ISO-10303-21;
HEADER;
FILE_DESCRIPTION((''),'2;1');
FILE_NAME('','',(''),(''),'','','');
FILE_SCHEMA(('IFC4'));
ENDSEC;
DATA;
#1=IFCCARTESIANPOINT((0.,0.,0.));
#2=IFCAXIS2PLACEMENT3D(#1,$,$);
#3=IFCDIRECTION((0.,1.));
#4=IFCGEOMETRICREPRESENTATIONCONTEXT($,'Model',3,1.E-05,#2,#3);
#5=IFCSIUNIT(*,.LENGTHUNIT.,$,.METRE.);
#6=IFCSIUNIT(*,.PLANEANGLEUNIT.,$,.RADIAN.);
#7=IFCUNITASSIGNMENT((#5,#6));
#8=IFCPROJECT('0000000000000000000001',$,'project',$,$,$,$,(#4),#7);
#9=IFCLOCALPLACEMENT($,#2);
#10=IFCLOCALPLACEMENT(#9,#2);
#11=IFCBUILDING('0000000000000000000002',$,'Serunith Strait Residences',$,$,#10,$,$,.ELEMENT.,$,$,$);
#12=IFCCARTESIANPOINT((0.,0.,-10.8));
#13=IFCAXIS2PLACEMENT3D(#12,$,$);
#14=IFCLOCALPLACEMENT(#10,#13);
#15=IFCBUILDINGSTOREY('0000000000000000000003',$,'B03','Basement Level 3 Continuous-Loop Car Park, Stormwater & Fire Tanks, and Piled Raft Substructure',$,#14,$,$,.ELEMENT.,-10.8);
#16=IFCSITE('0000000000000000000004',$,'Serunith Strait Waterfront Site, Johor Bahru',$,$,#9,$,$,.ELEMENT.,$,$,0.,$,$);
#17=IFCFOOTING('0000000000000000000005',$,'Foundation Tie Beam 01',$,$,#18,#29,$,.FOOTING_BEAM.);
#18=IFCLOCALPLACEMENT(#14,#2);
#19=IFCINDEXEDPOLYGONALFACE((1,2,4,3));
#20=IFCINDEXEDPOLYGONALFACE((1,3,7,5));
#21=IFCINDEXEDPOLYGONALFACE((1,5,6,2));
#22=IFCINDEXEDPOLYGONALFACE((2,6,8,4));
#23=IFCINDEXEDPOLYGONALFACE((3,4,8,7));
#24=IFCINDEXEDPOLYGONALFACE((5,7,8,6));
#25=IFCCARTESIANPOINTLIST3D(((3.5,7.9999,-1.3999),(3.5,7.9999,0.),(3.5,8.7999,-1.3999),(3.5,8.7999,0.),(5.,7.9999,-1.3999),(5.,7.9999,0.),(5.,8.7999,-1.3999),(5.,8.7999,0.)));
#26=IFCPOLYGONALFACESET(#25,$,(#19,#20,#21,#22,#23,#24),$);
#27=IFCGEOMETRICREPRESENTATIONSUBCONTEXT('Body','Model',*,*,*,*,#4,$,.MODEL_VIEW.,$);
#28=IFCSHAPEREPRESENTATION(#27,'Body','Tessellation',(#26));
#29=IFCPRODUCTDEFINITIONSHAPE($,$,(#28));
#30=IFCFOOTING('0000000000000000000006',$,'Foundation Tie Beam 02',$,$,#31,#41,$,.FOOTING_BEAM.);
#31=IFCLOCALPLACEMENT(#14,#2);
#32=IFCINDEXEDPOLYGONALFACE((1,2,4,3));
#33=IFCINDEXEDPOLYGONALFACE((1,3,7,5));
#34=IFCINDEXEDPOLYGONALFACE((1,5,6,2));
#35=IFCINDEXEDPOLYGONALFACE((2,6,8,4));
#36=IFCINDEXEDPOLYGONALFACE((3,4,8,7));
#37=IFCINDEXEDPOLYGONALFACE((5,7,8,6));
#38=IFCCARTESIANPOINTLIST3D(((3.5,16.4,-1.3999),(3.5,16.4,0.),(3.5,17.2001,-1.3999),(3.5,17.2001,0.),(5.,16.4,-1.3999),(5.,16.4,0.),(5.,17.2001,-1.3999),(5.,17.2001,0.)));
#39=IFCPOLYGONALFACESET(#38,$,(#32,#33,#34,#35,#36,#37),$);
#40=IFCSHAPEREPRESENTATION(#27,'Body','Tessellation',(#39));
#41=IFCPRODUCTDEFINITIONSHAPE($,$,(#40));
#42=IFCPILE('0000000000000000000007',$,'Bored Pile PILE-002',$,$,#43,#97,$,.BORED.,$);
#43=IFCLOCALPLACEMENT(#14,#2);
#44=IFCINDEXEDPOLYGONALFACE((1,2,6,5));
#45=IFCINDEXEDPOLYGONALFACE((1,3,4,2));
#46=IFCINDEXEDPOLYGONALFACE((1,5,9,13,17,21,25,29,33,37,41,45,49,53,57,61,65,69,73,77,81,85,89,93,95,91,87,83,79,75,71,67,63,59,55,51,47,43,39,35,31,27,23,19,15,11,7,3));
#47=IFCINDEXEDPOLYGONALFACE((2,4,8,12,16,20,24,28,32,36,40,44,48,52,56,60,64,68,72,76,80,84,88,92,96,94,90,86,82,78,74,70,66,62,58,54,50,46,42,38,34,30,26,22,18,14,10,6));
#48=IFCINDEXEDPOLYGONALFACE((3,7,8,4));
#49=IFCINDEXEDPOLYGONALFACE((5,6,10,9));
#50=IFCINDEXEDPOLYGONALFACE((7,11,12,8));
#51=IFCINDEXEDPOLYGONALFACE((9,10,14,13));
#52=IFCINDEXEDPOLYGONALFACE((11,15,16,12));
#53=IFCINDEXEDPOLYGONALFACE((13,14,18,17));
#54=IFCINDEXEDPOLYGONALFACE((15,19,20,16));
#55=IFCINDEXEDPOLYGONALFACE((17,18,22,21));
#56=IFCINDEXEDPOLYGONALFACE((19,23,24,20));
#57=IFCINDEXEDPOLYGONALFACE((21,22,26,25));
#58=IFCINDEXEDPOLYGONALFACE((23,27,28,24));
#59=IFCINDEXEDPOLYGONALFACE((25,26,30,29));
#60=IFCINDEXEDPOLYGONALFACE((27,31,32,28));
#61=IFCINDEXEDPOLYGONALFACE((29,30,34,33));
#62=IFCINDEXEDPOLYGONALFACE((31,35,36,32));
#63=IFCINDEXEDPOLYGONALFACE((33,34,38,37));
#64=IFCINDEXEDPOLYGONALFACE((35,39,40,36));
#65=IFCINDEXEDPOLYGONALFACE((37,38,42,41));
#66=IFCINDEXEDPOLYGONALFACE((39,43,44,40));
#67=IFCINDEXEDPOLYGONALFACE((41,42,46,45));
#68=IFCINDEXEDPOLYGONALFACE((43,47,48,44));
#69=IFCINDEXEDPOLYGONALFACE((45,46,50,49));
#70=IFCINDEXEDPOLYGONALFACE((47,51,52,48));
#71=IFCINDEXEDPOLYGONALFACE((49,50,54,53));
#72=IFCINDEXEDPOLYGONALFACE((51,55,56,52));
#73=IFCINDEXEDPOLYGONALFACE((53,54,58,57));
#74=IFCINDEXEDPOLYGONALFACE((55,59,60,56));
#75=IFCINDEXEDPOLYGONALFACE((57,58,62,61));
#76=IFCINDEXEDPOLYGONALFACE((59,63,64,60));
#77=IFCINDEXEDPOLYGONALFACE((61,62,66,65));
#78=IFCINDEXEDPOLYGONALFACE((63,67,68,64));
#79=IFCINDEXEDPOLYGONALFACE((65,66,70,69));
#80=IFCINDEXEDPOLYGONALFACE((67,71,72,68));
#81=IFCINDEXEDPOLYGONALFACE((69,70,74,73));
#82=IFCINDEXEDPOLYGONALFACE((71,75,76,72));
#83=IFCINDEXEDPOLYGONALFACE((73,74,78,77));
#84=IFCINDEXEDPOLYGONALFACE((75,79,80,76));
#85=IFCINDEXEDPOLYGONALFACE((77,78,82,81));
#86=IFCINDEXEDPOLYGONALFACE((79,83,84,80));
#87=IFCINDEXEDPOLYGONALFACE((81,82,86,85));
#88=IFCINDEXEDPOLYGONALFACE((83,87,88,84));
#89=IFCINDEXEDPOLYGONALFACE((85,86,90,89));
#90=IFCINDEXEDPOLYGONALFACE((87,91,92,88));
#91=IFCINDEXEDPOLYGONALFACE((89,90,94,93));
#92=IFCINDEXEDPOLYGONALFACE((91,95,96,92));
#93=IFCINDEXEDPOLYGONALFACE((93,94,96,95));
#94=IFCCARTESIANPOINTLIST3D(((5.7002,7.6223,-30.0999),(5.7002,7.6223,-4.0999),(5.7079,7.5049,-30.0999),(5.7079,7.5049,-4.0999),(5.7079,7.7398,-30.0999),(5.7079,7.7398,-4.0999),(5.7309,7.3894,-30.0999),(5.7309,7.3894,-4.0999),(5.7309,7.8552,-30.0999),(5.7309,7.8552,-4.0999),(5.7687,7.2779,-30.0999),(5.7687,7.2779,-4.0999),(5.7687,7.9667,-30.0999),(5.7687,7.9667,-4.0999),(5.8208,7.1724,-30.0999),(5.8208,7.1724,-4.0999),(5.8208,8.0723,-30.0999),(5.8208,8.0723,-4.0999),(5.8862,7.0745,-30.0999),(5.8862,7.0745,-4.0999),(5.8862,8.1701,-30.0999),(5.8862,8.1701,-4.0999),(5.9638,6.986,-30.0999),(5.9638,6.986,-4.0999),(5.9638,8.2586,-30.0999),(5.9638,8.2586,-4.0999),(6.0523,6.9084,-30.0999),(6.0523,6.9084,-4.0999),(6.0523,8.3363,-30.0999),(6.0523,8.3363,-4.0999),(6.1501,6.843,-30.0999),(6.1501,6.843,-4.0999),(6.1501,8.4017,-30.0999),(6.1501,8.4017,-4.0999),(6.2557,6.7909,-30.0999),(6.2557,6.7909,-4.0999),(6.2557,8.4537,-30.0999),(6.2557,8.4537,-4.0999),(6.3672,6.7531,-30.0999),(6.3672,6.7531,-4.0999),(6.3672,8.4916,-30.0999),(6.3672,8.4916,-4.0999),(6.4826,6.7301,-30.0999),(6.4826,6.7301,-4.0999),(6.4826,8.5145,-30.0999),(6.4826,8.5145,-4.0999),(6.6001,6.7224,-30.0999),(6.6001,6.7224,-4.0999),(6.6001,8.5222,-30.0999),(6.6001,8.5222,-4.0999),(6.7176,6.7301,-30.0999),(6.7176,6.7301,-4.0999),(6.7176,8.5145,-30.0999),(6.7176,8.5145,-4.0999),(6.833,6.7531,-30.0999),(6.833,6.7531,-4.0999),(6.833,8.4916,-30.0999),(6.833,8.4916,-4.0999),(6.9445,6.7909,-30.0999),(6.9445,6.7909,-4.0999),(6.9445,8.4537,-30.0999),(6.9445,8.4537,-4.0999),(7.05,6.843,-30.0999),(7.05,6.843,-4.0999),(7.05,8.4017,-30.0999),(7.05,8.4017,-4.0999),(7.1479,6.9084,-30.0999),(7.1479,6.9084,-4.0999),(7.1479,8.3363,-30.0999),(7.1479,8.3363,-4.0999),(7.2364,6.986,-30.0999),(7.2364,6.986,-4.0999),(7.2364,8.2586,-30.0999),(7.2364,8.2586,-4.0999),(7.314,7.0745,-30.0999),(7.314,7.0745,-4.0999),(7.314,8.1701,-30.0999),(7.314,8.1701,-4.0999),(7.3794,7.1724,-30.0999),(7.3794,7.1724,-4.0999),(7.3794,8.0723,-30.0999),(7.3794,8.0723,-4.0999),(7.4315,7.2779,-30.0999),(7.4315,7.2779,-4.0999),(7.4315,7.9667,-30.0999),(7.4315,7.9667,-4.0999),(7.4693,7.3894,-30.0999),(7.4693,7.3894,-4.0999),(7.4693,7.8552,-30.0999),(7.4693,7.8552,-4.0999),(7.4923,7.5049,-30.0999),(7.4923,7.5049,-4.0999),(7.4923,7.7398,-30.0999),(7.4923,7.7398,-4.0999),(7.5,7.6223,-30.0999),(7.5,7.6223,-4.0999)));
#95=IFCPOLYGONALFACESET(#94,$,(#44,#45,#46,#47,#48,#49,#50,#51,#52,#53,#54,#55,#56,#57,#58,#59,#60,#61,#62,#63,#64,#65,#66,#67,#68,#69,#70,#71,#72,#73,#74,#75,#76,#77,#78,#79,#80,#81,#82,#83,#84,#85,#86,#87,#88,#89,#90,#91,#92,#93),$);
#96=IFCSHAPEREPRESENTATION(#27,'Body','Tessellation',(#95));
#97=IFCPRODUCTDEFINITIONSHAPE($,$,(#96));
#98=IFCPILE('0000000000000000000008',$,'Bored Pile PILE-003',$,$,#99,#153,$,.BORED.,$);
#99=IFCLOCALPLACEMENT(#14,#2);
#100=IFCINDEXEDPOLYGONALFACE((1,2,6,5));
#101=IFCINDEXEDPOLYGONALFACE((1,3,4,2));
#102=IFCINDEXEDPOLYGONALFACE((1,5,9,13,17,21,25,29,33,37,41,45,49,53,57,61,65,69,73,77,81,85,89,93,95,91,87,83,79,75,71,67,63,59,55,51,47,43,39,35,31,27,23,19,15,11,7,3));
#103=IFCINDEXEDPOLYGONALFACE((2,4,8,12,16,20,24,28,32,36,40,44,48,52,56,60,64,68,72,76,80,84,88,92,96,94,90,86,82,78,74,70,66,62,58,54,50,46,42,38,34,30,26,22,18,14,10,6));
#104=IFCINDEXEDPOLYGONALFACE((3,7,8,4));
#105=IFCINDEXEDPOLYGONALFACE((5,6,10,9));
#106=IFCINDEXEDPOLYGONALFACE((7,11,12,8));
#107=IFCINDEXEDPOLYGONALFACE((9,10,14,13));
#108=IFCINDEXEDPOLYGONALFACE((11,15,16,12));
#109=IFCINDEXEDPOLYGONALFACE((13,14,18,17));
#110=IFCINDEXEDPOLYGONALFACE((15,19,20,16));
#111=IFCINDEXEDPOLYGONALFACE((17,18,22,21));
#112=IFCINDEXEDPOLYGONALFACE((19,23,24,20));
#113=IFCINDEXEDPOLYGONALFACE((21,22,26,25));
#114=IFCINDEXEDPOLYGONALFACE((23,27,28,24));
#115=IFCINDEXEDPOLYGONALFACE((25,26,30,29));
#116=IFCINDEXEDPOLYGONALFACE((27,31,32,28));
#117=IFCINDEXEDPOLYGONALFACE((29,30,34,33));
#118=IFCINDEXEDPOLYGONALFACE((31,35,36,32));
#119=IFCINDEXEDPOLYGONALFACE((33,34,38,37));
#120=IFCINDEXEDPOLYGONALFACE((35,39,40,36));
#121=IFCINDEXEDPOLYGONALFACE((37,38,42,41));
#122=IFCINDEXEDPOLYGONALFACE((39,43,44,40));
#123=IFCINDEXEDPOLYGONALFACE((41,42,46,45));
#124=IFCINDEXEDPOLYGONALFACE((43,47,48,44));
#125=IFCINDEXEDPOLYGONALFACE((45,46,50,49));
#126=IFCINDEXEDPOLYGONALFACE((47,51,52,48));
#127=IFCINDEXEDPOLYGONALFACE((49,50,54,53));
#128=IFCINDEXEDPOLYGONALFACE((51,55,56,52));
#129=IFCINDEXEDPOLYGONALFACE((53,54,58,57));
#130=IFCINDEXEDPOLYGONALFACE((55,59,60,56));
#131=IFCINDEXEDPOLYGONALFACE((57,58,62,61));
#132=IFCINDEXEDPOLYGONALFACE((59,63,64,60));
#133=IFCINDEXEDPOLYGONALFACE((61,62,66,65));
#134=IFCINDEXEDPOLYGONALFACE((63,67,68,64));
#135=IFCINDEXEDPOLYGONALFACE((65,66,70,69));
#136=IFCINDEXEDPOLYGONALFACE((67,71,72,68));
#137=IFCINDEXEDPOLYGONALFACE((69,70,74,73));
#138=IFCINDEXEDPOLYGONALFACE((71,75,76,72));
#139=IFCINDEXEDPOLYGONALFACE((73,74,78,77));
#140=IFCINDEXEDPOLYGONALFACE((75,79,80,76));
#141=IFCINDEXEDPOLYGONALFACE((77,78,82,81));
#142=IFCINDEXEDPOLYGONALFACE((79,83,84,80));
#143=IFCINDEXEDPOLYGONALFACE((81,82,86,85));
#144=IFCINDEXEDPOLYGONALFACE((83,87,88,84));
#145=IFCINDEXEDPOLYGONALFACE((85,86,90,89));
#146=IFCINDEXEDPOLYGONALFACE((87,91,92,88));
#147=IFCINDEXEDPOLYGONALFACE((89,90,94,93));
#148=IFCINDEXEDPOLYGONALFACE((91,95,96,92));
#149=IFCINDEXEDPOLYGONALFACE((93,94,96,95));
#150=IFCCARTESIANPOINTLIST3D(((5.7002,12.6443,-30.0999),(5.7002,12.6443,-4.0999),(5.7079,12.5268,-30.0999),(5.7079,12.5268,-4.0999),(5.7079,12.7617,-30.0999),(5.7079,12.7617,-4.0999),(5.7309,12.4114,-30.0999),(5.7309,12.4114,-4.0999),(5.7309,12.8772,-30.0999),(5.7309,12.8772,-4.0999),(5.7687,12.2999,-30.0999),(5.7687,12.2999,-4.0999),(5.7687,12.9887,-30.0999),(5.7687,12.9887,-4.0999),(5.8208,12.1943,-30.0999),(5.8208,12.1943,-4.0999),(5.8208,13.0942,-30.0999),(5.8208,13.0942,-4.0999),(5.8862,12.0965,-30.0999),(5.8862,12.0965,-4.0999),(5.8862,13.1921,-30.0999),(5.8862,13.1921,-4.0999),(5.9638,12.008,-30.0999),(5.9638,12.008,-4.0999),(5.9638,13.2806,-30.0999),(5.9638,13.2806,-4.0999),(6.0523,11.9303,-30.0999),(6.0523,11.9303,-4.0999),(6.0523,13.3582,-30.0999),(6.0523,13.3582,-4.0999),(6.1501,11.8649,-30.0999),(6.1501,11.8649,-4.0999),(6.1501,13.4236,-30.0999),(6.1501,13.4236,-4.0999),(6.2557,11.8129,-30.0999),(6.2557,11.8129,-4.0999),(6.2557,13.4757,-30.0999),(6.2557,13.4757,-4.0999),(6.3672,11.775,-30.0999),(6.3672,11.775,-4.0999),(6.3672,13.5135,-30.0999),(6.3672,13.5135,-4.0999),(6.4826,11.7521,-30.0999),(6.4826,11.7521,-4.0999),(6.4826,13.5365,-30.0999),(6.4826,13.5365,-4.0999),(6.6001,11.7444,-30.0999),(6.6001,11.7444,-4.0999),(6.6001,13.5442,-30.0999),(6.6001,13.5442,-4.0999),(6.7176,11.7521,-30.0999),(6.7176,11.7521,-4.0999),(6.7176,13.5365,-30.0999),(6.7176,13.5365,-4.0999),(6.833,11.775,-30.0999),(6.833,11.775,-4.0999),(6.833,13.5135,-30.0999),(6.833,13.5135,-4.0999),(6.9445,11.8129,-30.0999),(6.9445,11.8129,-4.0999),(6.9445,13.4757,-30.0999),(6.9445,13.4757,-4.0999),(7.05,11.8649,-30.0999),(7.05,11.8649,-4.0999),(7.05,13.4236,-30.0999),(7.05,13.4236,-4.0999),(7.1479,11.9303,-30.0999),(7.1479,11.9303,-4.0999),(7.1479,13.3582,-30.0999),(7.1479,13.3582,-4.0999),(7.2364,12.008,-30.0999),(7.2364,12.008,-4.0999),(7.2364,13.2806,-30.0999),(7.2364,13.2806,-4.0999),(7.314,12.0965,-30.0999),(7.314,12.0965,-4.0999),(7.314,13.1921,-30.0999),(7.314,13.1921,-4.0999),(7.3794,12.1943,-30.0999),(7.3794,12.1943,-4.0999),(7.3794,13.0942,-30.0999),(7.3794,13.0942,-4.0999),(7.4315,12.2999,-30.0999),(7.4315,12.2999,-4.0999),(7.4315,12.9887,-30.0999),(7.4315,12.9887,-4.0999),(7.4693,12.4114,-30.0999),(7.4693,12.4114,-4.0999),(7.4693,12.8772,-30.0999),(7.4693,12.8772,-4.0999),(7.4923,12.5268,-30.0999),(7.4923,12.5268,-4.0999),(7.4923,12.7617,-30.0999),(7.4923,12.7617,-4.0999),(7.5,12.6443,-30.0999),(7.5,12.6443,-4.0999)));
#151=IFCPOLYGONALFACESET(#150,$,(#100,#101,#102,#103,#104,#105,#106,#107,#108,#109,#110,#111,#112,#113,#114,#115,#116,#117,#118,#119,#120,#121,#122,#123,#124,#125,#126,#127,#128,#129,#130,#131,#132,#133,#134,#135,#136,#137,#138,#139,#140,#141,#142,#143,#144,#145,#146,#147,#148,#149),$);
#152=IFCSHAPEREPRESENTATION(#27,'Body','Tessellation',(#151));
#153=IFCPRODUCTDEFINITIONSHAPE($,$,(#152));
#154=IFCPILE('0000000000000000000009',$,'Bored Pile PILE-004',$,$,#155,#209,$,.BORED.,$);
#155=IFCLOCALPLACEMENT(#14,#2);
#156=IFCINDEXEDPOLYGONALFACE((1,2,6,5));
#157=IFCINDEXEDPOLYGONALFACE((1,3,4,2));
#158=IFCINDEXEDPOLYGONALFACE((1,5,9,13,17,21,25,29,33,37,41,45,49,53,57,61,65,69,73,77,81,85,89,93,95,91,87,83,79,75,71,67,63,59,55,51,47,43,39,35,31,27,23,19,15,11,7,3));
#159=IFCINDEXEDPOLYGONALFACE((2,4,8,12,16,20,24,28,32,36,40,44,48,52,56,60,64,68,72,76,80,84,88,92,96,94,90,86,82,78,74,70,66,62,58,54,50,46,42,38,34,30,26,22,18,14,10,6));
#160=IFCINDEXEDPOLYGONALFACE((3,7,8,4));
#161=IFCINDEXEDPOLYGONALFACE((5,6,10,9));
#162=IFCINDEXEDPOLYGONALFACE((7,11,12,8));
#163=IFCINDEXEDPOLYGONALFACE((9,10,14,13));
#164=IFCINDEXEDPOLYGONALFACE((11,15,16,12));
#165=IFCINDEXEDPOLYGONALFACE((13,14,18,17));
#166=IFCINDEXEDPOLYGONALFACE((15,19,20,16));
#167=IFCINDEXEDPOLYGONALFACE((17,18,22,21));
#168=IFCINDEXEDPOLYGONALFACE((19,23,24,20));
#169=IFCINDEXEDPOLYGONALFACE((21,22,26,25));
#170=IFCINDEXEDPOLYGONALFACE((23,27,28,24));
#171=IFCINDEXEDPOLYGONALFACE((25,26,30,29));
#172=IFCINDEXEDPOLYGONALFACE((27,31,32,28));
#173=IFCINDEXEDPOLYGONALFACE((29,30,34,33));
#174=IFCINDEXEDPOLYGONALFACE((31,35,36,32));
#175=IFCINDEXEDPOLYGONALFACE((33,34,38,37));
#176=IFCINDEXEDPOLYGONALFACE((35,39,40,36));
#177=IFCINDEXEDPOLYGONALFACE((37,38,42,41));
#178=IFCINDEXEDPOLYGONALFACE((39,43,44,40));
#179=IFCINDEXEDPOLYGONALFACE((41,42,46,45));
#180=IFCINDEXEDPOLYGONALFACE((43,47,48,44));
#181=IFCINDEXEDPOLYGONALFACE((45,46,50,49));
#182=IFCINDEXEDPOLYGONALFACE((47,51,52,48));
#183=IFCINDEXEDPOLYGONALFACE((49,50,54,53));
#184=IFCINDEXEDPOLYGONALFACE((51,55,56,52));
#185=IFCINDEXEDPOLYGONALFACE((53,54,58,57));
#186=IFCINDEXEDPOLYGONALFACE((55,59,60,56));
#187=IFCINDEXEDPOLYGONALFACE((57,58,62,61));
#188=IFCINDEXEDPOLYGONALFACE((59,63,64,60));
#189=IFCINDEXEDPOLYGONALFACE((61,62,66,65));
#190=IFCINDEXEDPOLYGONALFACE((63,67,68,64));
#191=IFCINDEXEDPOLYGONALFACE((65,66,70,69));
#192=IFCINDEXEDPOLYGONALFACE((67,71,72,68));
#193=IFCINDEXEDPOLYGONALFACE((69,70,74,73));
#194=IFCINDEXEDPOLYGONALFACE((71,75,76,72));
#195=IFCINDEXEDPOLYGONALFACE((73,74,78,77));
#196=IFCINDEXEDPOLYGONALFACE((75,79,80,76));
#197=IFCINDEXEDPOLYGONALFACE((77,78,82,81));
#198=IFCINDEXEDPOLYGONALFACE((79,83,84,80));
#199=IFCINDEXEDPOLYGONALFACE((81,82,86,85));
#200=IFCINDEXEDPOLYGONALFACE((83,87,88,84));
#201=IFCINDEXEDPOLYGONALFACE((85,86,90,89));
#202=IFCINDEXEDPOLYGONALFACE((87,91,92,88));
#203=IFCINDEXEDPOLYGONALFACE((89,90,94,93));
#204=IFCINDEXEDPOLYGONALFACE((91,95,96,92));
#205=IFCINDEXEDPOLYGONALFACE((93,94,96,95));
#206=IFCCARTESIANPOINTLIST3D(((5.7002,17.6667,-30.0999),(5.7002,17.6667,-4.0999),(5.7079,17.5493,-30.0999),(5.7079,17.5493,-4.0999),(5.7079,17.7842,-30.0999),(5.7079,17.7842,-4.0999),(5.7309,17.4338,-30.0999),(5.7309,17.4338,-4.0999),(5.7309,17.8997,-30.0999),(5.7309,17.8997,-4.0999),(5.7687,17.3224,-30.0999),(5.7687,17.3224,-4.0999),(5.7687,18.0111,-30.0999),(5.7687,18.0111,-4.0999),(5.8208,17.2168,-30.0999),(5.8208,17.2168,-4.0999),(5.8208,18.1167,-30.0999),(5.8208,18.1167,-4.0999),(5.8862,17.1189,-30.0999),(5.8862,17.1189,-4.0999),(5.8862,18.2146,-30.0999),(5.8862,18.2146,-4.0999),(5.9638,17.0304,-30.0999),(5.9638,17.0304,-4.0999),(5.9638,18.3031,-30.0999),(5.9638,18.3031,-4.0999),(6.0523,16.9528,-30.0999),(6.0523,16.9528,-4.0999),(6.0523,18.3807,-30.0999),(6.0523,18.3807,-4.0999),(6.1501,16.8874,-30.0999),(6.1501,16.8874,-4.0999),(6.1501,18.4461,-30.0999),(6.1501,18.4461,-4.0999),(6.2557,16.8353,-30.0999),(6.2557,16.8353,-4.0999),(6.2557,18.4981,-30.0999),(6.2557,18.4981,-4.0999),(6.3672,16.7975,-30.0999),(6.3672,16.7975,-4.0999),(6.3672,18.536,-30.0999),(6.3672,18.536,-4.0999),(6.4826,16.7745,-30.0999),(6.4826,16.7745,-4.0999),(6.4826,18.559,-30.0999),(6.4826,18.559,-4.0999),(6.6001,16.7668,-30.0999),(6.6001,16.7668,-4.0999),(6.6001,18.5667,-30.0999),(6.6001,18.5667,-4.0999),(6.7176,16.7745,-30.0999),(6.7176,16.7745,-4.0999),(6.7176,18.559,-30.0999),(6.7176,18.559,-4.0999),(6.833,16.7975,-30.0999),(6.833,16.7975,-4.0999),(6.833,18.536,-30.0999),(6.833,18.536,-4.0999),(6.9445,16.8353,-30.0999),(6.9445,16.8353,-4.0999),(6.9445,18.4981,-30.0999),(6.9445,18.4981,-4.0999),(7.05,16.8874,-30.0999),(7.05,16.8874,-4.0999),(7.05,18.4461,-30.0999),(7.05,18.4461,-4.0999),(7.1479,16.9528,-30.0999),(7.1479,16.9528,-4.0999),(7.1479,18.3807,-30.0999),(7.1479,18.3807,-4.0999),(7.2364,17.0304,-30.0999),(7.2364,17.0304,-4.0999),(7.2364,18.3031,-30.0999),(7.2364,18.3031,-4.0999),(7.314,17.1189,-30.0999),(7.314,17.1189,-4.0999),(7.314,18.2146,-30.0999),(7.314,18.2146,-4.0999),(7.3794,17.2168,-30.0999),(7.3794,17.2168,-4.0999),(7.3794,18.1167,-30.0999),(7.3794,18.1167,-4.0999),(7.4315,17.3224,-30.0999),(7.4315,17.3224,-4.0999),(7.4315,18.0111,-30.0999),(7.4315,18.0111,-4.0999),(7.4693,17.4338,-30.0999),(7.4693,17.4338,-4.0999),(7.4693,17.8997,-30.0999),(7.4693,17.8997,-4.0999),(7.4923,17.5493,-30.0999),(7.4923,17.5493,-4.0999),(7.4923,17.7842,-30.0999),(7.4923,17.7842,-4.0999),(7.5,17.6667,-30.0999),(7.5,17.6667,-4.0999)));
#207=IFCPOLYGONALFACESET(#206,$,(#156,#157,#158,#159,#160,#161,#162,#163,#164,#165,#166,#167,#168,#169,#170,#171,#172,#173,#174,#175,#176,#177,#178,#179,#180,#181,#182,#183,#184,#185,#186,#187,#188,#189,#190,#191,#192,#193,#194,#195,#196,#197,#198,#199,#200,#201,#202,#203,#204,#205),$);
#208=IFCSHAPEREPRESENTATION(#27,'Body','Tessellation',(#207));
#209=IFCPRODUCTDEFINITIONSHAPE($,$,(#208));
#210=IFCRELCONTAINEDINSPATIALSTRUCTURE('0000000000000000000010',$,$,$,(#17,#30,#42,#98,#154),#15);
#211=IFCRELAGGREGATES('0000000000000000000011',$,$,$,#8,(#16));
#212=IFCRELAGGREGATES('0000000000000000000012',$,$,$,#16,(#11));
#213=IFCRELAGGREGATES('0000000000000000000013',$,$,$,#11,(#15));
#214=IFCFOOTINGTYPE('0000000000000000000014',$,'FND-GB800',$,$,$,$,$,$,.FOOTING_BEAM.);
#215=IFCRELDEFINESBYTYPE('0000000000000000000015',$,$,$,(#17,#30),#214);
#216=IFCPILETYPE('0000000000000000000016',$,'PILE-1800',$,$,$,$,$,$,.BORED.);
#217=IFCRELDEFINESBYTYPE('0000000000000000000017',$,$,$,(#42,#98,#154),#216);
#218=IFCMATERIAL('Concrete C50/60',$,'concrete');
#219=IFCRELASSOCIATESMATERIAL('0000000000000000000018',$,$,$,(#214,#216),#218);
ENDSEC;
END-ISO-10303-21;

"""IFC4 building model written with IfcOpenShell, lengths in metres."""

from ifc_helpers import new_model, si_unit, direction, frame, origin, origin_2d, place, context, subcontext, project, spatial, rectangle, circle, extrude, source, transform, mapped, material, material_profile, profile_set, type_object, element, save


model = new_model("IFC4")

# Units and contexts
model_context = context("Model", 3, precision=1e-05, world=origin(), true_north=direction((0.0, 1.0)))
body_context = subcontext(model_context, "Body", "Model", "MODEL_VIEW")
ifc_project = project(units=[si_unit("LENGTHUNIT", "METRE"), si_unit("PLANEANGLEUNIT", "RADIAN")], contexts=[model_context])

# Site, building, storey
site_placement = place(None, origin())
site = spatial("IfcSite", under=ifc_project, at=site_placement, Name="Serunith Strait Waterfront Site, Johor Bahru", CompositionType="ELEMENT", RefElevation=0.0)
building_placement = place(site_placement, origin())
building = spatial("IfcBuilding", under=site, at=building_placement, Name="Serunith Strait Residences", CompositionType="ELEMENT")
storey_placement = place(building_placement, frame((0.0, 0.0, -10.8)))
storey = spatial("IfcBuildingStorey", under=building, at=storey_placement, Name="B03", Description="Basement Level 3 Continuous-Loop Car Park, Stormwater & Fire Tanks, and Piled Raft Substructure", CompositionType="ELEMENT", Elevation=-10.8)

# Footings
ifc_material_1 = material(Name="Concrete C50/60", Category="concrete")
ifc_material_profile_1 = material_profile(ifc_material_1, rectangle(XDim=0.8, YDim=1.3999, at=origin_2d()), Name="RC 800x1400")
ifc_profile_set_1 = profile_set([ifc_material_profile_1], Name="Concrete C50/60")
footing_type = type_object("IfcFootingType", Name="FND-GB800", PredefinedType="FOOTING_BEAM", material=ifc_profile_set_1)
shared_shape_1 = source(origin(), body_context, "Body", "SweptSolid", [
    extrude(rectangle(XDim=0.8, YDim=1.3999, at=origin_2d()), origin(), (0.0, 0.0, 1.0), 1.5),
])
for number, where, z_axis, x_axis, name in (
    (1, (3.5, 8.3999, -0.7), (1.0, 0.0, 0.0), (0.0, 1.0, 0.0), "Foundation Tie Beam 01"),
    (2, (3.5, 16.8, -0.7), (1.0, 0.0, 0.0), (0.0, 1.0, 0.0), "Foundation Tie Beam 02"),
):
    element("IfcFooting", number, at=place(storey_placement, frame(where, z_axis=z_axis, x_axis=x_axis)), inside=storey, type_object=footing_type, Name=name, PredefinedType="FOOTING_BEAM", context=body_context, shape_type="MappedRepresentation", body=[
        mapped(shared_shape_1, transform((0.0, 0.0, 0.0), scale=1.0)),
    ])

# Piles
ifc_material_profile_2 = material_profile(ifc_material_1, circle(Radius=0.8999, at=origin_2d()), Name="PILE D1800")
ifc_profile_set_2 = profile_set([ifc_material_profile_2], Name="Concrete C50/60")
pile_type_1 = type_object("IfcPileType", Name="PILE-1800", PredefinedType="BORED", material=ifc_profile_set_2)
shared_shape_2 = source(origin(), body_context, "Body", "SweptSolid", [
    extrude(circle(Radius=0.8999, at=origin_2d()), origin(), (0.0, 0.0, 1.0), 26.0),
])
for number, where, z_axis, x_axis, name in (
    (3, (6.6001, 7.6223, -4.0999), (0.0, 0.0, -1.0), (1.0, 0.0, 0.0), "Bored Pile PILE-002"),
    (4, (6.6001, 12.6443, -4.0999), (0.0, 0.0, -1.0), (1.0, 0.0, 0.0), "Bored Pile PILE-003"),
    (5, (6.6001, 17.6667, -4.0999), (0.0, 0.0, -1.0), (1.0, 0.0, 0.0), "Bored Pile PILE-004"),
):
    element("IfcPile", number, at=place(storey_placement, frame(where, z_axis=z_axis, x_axis=x_axis)), inside=storey, type_object=pile_type_1, Name=name, PredefinedType="BORED", context=body_context, shape_type="MappedRepresentation", body=[
        mapped(shared_shape_2, transform((0.0, 0.0, 0.0), scale=1.0)),
    ])

save(model, "model.ifc")
